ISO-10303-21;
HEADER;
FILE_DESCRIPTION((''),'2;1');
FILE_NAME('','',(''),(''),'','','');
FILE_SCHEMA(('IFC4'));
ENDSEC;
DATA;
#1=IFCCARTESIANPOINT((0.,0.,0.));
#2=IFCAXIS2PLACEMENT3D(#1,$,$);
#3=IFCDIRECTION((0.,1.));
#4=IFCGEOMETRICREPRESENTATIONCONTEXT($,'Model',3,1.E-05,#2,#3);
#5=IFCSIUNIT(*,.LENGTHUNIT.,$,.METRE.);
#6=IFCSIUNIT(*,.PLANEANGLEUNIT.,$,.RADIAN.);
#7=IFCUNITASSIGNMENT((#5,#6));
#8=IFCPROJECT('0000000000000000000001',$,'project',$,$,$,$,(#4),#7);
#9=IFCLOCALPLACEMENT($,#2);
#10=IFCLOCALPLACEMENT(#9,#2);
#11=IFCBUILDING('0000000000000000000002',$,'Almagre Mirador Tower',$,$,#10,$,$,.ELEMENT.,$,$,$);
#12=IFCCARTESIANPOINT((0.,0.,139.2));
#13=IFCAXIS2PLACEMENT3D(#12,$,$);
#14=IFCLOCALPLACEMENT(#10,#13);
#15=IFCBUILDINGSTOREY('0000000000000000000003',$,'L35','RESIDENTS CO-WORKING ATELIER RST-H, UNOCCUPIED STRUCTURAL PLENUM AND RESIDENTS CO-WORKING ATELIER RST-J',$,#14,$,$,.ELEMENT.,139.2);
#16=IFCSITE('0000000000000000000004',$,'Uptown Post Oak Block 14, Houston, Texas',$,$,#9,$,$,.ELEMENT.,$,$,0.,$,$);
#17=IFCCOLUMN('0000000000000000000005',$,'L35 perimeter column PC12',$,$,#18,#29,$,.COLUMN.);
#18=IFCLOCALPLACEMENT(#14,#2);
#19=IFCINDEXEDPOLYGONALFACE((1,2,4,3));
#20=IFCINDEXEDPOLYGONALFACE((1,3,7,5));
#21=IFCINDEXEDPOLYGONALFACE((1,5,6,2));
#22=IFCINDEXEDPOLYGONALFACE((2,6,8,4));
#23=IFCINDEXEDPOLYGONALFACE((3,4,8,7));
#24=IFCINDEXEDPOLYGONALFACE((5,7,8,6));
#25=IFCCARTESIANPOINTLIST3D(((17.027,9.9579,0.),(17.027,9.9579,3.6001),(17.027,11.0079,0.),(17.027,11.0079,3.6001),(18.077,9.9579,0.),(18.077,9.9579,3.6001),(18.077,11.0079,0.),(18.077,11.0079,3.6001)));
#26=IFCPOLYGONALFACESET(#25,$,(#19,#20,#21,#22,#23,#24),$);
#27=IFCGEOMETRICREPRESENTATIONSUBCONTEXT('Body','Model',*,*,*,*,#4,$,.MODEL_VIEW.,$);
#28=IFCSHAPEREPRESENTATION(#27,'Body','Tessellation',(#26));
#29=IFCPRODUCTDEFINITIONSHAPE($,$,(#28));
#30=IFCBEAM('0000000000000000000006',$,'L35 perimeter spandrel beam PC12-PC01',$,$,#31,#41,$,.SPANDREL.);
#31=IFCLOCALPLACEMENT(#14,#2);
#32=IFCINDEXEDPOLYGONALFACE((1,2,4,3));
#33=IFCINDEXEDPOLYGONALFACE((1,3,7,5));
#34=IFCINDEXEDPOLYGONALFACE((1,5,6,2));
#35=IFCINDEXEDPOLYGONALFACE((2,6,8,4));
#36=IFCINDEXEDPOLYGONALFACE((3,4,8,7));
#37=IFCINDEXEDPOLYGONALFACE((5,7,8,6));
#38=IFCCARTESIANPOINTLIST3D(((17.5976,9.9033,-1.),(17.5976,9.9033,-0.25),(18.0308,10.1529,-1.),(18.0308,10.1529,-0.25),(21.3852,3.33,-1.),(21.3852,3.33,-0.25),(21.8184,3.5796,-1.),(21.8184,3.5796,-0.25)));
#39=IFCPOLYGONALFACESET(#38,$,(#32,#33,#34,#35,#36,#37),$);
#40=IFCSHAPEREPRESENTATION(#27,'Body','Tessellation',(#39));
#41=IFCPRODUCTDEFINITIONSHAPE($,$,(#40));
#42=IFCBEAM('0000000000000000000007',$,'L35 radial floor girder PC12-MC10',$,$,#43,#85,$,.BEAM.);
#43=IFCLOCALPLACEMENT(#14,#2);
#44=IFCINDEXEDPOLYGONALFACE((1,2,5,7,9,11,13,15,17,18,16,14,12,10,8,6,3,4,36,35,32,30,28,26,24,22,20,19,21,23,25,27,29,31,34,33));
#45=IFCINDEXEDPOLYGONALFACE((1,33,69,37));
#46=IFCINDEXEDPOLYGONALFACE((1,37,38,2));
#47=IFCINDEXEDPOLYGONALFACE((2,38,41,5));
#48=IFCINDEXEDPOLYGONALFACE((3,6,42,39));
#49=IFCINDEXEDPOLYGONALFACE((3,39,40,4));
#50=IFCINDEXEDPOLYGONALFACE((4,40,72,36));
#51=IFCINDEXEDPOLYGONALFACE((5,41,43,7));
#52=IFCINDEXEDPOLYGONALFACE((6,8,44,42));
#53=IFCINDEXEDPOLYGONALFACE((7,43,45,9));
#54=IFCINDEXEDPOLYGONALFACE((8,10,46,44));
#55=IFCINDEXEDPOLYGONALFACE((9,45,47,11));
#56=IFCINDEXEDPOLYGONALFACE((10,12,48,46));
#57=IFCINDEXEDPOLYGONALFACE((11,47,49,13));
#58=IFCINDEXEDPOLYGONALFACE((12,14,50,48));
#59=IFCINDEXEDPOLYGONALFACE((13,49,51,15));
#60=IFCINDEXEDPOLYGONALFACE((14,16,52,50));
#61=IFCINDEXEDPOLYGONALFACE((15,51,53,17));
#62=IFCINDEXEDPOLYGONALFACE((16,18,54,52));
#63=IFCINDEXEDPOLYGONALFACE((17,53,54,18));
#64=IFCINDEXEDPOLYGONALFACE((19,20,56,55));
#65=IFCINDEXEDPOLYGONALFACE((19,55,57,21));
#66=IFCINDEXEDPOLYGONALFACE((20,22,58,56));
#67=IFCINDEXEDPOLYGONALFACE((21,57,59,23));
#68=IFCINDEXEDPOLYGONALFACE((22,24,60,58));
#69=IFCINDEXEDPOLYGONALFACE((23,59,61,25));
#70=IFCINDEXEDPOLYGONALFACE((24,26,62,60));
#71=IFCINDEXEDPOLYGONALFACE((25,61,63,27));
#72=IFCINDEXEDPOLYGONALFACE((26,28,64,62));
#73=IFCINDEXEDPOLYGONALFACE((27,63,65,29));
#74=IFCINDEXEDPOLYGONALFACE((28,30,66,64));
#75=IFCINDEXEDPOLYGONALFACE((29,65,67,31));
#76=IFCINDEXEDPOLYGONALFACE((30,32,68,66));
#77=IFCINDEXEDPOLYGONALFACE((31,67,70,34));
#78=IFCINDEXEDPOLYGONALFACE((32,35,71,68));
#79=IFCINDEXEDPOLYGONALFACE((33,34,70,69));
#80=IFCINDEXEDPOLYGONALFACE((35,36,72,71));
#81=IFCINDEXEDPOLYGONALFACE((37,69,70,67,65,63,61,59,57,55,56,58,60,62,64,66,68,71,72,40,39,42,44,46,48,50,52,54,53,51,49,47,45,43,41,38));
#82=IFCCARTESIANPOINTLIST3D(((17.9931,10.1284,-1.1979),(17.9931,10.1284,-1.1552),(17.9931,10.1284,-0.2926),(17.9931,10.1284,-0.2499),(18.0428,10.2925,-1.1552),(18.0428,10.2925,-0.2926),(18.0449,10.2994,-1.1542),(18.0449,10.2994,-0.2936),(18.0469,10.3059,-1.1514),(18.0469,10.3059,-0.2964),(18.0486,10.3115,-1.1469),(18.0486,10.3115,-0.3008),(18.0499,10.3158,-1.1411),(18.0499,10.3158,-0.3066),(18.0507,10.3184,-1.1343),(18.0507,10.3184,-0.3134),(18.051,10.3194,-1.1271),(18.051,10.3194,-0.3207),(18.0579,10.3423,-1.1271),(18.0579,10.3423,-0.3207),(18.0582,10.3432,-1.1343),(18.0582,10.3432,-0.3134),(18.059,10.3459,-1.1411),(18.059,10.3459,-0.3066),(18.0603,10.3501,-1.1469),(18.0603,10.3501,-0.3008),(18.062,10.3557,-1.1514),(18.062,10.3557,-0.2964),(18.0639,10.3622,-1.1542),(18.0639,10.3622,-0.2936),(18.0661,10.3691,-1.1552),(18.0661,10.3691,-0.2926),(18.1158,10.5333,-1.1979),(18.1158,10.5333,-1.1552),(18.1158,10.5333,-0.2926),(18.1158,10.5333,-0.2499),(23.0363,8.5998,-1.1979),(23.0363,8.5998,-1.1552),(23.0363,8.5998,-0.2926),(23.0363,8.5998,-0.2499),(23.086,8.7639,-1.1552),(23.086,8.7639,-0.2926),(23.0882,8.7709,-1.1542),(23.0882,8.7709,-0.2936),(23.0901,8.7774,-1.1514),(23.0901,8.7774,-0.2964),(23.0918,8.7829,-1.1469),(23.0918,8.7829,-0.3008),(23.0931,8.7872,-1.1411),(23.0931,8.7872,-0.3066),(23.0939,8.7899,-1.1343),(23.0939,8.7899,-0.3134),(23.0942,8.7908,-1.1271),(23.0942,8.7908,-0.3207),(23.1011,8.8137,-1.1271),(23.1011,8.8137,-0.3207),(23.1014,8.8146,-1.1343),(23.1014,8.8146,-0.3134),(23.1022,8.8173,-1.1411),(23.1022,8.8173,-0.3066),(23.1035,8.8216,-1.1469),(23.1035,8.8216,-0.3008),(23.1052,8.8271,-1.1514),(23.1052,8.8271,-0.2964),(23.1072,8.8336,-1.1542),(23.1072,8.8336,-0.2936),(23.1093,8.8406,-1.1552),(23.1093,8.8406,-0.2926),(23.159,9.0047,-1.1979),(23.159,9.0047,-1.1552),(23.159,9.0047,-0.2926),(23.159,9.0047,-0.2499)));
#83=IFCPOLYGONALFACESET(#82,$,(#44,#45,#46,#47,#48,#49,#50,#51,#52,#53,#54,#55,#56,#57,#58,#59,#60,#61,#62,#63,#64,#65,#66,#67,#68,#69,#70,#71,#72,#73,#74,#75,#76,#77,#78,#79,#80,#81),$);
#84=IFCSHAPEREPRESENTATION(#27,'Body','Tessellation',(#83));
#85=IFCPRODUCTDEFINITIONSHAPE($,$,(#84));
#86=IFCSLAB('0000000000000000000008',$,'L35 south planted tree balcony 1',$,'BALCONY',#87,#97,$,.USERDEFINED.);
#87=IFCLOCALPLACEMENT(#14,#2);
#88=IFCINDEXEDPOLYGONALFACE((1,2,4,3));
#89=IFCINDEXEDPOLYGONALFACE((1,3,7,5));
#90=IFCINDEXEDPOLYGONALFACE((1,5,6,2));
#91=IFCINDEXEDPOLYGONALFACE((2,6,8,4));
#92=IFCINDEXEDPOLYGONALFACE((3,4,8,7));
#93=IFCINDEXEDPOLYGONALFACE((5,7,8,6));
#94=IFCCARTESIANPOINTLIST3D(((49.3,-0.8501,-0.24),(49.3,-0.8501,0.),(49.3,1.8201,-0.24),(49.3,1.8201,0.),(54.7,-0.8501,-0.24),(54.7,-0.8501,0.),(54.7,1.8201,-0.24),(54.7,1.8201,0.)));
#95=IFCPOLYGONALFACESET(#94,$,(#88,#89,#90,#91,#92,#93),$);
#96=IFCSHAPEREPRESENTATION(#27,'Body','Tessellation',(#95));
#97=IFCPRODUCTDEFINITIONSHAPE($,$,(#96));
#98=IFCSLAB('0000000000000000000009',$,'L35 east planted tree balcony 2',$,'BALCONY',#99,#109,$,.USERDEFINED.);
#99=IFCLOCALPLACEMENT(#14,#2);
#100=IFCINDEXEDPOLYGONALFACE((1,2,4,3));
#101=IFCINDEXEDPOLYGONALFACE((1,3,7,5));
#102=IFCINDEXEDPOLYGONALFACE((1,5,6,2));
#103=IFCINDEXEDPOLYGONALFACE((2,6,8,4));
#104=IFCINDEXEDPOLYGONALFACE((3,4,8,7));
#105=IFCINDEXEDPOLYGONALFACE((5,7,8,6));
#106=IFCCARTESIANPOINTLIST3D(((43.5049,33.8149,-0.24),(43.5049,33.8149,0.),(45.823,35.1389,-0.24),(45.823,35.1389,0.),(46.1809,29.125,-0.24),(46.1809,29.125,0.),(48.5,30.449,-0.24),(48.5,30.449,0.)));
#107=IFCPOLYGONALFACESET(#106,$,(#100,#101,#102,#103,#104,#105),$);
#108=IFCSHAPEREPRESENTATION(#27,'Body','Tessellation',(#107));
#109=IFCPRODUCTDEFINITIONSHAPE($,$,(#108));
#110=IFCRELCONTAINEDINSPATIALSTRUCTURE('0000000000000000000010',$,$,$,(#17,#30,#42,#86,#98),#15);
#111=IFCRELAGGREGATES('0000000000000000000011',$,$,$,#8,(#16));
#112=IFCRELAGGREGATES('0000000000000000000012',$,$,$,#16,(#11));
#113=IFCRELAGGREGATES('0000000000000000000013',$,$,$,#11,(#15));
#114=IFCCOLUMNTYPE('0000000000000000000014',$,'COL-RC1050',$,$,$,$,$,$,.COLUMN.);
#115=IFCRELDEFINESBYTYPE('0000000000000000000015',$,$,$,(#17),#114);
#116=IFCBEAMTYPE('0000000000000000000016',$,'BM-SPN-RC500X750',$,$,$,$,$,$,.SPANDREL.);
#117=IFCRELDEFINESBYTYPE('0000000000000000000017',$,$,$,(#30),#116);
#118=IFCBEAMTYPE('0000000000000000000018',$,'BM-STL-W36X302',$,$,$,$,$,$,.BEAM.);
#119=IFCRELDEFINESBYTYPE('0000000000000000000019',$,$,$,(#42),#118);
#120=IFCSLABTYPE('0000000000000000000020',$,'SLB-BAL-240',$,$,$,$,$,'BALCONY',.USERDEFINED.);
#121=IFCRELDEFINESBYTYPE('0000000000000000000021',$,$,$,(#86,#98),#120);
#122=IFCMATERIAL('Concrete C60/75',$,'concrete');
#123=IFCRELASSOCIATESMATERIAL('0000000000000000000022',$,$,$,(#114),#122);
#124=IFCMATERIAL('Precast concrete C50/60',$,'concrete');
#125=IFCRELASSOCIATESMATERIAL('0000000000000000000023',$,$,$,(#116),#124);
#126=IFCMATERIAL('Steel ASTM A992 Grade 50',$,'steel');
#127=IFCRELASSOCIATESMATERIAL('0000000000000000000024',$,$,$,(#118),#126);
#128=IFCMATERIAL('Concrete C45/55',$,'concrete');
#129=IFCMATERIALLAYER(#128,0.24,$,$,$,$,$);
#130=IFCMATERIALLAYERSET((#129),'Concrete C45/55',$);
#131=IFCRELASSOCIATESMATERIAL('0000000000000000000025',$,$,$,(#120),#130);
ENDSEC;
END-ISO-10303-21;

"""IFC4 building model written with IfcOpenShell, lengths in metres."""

from ifc_helpers import new_model, si_unit, direction, frame, origin, origin_2d, place, context, subcontext, project, spatial, polyline, rectangle, i_section, outline, extrude, material, layer, layer_set, material_profile, profile_set, type_object, element, save


model = new_model("IFC4")

# Units and contexts
model_context = context("Model", 3, precision=1e-05, world=origin(), true_north=direction((0.0, 1.0)))
body_context = subcontext(model_context, "Body", "Model", "MODEL_VIEW")
ifc_project = project(units=[si_unit("LENGTHUNIT", "METRE"), si_unit("PLANEANGLEUNIT", "RADIAN")], contexts=[model_context])

# Site, building, storey
site_placement = place(None, origin())
site = spatial("IfcSite", under=ifc_project, at=site_placement, Name="Uptown Post Oak Block 14, Houston, Texas", CompositionType="ELEMENT", RefElevation=0.0)
building_placement = place(site_placement, origin())
building = spatial("IfcBuilding", under=site, at=building_placement, Name="Almagre Mirador Tower", CompositionType="ELEMENT")
storey_placement = place(building_placement, frame((0.0, 0.0, 139.2)))
storey = spatial("IfcBuildingStorey", under=building, at=storey_placement, Name="L35", Description="RESIDENTS CO-WORKING ATELIER RST-H, UNOCCUPIED STRUCTURAL PLENUM AND RESIDENTS CO-WORKING ATELIER RST-J", CompositionType="ELEMENT", Elevation=139.2)

# Column
ifc_material_1 = material(Name="Concrete C60/75", Category="concrete")
ifc_material_profile_1 = material_profile(ifc_material_1, rectangle(XDim=1.05, YDim=1.05, at=origin_2d()), Name="RC1050X1050")
ifc_profile_set_1 = profile_set([ifc_material_profile_1], Name="Concrete C60/75")
column_type = type_object("IfcColumnType", Name="COL-RC1050", PredefinedType="COLUMN", material=ifc_profile_set_1)
column_placement = place(storey_placement, frame((17.552, 10.4829, 0.0), z_axis=(0.0, 0.0, 1.0), x_axis=(1.0, 0.0, 0.0)))
element("IfcColumn", 1, at=column_placement, inside=storey, type_object=column_type, Name="L35 perimeter column PC12", PredefinedType="COLUMN", context=body_context, shape_type="SweptSolid", body=[
    extrude(rectangle(XDim=1.05, YDim=1.05, at=origin_2d()), origin(), (0.0, 0.0, 1.0), 3.6001),
])

# Beams
ifc_material_2 = material(Name="Precast concrete C50/60", Category="concrete")
ifc_material_profile_2 = material_profile(ifc_material_2, rectangle(XDim=0.5, YDim=0.75, at=origin_2d()), Name="RC500X750")
ifc_profile_set_2 = profile_set([ifc_material_profile_2], Name="Precast concrete C50/60")
beam_type_1 = type_object("IfcBeamType", Name="BM-SPN-RC500X750", PredefinedType="SPANDREL", material=ifc_profile_set_2)
beam_1_placement = place(storey_placement, frame((17.8142, 10.0281, -0.625), z_axis=(0.499262, -0.866451, 0.0), x_axis=(0.866451, 0.499262, 0.0)))
element("IfcBeam", 2, at=beam_1_placement, inside=storey, type_object=beam_type_1, Name="L35 perimeter spandrel beam PC12-PC01", PredefinedType="SPANDREL", context=body_context, shape_type="SweptSolid", body=[
    extrude(rectangle(XDim=0.5, YDim=0.75, at=origin_2d()), origin(), (0.0, 0.0, 1.0), 7.5864),
])
ifc_material_3 = material(Name="Steel ASTM A992 Grade 50", Category="steel")
ifc_material_profile_3 = material_profile(ifc_material_3, i_section(OverallWidth=0.4231, OverallDepth=0.948, WebThickness=0.0239, FlangeThickness=0.0427, FilletRadius=0.0281, at=origin_2d()), Name="W36X302")
ifc_profile_set_3 = profile_set([ifc_material_profile_3], Name="Steel ASTM A992 Grade 50")
beam_type_2 = type_object("IfcBeamType", Name="BM-STL-W36X302", PredefinedType="BEAM", material=ifc_profile_set_3)
beam_2_placement = place(storey_placement, frame((18.0544, 10.3308, -0.7239), z_axis=(0.957008, -0.290063, 0.0), x_axis=(0.290063, 0.957008, 0.0)))
element("IfcBeam", 3, at=beam_2_placement, inside=storey, type_object=beam_type_2, Name="L35 radial floor girder PC12-MC10", PredefinedType="BEAM", context=body_context, shape_type="SweptSolid", body=[
    extrude(i_section(OverallWidth=0.4231, OverallDepth=0.948, WebThickness=0.0239, FlangeThickness=0.0427, FilletRadius=0.0281, at=origin_2d()), origin(), (0.0, 0.0, 1.0), 5.2698),
])

# Slabs
ifc_material_4 = material(Name="Concrete C45/55", Category="concrete")
ifc_layer_1 = layer(ifc_material_4, 0.24)
ifc_layer_set_1 = layer_set([ifc_layer_1], Name="Concrete C45/55")
slab_type_1 = type_object("IfcSlabType", Name="SLB-BAL-240", ElementType="BALCONY", PredefinedType="USERDEFINED", material=ifc_layer_set_1)
slab_1_placement = place(storey_placement, frame((0.0, 0.0, -0.24)))
element("IfcSlab", 4, at=slab_1_placement, inside=storey, type_object=slab_type_1, Name="L35 south planted tree balcony 1", ObjectType="BALCONY", PredefinedType="USERDEFINED", context=body_context, shape_type="SweptSolid", body=[
    extrude(outline(polyline([(49.3, 1.8201), (54.7, 1.8201), (54.7, -0.8501), (49.3, -0.8501), (49.3, 1.8201)])), origin(), (0.0, 0.0, 1.0), 0.24),
])
slab_2_placement = place(storey_placement, frame((0.0, 0.0, -0.24)))
element("IfcSlab", 5, at=slab_2_placement, inside=storey, type_object=slab_type_1, Name="L35 east planted tree balcony 2", ObjectType="BALCONY", PredefinedType="USERDEFINED", context=body_context, shape_type="SweptSolid", body=[
    extrude(outline(polyline([(46.1809, 29.125), (43.5049, 33.8149), (45.823, 35.1389), (48.5, 30.449), (46.1809, 29.125)])), origin(), (0.0, 0.0, 1.0), 0.24),
])

save(model, "model.ifc")
